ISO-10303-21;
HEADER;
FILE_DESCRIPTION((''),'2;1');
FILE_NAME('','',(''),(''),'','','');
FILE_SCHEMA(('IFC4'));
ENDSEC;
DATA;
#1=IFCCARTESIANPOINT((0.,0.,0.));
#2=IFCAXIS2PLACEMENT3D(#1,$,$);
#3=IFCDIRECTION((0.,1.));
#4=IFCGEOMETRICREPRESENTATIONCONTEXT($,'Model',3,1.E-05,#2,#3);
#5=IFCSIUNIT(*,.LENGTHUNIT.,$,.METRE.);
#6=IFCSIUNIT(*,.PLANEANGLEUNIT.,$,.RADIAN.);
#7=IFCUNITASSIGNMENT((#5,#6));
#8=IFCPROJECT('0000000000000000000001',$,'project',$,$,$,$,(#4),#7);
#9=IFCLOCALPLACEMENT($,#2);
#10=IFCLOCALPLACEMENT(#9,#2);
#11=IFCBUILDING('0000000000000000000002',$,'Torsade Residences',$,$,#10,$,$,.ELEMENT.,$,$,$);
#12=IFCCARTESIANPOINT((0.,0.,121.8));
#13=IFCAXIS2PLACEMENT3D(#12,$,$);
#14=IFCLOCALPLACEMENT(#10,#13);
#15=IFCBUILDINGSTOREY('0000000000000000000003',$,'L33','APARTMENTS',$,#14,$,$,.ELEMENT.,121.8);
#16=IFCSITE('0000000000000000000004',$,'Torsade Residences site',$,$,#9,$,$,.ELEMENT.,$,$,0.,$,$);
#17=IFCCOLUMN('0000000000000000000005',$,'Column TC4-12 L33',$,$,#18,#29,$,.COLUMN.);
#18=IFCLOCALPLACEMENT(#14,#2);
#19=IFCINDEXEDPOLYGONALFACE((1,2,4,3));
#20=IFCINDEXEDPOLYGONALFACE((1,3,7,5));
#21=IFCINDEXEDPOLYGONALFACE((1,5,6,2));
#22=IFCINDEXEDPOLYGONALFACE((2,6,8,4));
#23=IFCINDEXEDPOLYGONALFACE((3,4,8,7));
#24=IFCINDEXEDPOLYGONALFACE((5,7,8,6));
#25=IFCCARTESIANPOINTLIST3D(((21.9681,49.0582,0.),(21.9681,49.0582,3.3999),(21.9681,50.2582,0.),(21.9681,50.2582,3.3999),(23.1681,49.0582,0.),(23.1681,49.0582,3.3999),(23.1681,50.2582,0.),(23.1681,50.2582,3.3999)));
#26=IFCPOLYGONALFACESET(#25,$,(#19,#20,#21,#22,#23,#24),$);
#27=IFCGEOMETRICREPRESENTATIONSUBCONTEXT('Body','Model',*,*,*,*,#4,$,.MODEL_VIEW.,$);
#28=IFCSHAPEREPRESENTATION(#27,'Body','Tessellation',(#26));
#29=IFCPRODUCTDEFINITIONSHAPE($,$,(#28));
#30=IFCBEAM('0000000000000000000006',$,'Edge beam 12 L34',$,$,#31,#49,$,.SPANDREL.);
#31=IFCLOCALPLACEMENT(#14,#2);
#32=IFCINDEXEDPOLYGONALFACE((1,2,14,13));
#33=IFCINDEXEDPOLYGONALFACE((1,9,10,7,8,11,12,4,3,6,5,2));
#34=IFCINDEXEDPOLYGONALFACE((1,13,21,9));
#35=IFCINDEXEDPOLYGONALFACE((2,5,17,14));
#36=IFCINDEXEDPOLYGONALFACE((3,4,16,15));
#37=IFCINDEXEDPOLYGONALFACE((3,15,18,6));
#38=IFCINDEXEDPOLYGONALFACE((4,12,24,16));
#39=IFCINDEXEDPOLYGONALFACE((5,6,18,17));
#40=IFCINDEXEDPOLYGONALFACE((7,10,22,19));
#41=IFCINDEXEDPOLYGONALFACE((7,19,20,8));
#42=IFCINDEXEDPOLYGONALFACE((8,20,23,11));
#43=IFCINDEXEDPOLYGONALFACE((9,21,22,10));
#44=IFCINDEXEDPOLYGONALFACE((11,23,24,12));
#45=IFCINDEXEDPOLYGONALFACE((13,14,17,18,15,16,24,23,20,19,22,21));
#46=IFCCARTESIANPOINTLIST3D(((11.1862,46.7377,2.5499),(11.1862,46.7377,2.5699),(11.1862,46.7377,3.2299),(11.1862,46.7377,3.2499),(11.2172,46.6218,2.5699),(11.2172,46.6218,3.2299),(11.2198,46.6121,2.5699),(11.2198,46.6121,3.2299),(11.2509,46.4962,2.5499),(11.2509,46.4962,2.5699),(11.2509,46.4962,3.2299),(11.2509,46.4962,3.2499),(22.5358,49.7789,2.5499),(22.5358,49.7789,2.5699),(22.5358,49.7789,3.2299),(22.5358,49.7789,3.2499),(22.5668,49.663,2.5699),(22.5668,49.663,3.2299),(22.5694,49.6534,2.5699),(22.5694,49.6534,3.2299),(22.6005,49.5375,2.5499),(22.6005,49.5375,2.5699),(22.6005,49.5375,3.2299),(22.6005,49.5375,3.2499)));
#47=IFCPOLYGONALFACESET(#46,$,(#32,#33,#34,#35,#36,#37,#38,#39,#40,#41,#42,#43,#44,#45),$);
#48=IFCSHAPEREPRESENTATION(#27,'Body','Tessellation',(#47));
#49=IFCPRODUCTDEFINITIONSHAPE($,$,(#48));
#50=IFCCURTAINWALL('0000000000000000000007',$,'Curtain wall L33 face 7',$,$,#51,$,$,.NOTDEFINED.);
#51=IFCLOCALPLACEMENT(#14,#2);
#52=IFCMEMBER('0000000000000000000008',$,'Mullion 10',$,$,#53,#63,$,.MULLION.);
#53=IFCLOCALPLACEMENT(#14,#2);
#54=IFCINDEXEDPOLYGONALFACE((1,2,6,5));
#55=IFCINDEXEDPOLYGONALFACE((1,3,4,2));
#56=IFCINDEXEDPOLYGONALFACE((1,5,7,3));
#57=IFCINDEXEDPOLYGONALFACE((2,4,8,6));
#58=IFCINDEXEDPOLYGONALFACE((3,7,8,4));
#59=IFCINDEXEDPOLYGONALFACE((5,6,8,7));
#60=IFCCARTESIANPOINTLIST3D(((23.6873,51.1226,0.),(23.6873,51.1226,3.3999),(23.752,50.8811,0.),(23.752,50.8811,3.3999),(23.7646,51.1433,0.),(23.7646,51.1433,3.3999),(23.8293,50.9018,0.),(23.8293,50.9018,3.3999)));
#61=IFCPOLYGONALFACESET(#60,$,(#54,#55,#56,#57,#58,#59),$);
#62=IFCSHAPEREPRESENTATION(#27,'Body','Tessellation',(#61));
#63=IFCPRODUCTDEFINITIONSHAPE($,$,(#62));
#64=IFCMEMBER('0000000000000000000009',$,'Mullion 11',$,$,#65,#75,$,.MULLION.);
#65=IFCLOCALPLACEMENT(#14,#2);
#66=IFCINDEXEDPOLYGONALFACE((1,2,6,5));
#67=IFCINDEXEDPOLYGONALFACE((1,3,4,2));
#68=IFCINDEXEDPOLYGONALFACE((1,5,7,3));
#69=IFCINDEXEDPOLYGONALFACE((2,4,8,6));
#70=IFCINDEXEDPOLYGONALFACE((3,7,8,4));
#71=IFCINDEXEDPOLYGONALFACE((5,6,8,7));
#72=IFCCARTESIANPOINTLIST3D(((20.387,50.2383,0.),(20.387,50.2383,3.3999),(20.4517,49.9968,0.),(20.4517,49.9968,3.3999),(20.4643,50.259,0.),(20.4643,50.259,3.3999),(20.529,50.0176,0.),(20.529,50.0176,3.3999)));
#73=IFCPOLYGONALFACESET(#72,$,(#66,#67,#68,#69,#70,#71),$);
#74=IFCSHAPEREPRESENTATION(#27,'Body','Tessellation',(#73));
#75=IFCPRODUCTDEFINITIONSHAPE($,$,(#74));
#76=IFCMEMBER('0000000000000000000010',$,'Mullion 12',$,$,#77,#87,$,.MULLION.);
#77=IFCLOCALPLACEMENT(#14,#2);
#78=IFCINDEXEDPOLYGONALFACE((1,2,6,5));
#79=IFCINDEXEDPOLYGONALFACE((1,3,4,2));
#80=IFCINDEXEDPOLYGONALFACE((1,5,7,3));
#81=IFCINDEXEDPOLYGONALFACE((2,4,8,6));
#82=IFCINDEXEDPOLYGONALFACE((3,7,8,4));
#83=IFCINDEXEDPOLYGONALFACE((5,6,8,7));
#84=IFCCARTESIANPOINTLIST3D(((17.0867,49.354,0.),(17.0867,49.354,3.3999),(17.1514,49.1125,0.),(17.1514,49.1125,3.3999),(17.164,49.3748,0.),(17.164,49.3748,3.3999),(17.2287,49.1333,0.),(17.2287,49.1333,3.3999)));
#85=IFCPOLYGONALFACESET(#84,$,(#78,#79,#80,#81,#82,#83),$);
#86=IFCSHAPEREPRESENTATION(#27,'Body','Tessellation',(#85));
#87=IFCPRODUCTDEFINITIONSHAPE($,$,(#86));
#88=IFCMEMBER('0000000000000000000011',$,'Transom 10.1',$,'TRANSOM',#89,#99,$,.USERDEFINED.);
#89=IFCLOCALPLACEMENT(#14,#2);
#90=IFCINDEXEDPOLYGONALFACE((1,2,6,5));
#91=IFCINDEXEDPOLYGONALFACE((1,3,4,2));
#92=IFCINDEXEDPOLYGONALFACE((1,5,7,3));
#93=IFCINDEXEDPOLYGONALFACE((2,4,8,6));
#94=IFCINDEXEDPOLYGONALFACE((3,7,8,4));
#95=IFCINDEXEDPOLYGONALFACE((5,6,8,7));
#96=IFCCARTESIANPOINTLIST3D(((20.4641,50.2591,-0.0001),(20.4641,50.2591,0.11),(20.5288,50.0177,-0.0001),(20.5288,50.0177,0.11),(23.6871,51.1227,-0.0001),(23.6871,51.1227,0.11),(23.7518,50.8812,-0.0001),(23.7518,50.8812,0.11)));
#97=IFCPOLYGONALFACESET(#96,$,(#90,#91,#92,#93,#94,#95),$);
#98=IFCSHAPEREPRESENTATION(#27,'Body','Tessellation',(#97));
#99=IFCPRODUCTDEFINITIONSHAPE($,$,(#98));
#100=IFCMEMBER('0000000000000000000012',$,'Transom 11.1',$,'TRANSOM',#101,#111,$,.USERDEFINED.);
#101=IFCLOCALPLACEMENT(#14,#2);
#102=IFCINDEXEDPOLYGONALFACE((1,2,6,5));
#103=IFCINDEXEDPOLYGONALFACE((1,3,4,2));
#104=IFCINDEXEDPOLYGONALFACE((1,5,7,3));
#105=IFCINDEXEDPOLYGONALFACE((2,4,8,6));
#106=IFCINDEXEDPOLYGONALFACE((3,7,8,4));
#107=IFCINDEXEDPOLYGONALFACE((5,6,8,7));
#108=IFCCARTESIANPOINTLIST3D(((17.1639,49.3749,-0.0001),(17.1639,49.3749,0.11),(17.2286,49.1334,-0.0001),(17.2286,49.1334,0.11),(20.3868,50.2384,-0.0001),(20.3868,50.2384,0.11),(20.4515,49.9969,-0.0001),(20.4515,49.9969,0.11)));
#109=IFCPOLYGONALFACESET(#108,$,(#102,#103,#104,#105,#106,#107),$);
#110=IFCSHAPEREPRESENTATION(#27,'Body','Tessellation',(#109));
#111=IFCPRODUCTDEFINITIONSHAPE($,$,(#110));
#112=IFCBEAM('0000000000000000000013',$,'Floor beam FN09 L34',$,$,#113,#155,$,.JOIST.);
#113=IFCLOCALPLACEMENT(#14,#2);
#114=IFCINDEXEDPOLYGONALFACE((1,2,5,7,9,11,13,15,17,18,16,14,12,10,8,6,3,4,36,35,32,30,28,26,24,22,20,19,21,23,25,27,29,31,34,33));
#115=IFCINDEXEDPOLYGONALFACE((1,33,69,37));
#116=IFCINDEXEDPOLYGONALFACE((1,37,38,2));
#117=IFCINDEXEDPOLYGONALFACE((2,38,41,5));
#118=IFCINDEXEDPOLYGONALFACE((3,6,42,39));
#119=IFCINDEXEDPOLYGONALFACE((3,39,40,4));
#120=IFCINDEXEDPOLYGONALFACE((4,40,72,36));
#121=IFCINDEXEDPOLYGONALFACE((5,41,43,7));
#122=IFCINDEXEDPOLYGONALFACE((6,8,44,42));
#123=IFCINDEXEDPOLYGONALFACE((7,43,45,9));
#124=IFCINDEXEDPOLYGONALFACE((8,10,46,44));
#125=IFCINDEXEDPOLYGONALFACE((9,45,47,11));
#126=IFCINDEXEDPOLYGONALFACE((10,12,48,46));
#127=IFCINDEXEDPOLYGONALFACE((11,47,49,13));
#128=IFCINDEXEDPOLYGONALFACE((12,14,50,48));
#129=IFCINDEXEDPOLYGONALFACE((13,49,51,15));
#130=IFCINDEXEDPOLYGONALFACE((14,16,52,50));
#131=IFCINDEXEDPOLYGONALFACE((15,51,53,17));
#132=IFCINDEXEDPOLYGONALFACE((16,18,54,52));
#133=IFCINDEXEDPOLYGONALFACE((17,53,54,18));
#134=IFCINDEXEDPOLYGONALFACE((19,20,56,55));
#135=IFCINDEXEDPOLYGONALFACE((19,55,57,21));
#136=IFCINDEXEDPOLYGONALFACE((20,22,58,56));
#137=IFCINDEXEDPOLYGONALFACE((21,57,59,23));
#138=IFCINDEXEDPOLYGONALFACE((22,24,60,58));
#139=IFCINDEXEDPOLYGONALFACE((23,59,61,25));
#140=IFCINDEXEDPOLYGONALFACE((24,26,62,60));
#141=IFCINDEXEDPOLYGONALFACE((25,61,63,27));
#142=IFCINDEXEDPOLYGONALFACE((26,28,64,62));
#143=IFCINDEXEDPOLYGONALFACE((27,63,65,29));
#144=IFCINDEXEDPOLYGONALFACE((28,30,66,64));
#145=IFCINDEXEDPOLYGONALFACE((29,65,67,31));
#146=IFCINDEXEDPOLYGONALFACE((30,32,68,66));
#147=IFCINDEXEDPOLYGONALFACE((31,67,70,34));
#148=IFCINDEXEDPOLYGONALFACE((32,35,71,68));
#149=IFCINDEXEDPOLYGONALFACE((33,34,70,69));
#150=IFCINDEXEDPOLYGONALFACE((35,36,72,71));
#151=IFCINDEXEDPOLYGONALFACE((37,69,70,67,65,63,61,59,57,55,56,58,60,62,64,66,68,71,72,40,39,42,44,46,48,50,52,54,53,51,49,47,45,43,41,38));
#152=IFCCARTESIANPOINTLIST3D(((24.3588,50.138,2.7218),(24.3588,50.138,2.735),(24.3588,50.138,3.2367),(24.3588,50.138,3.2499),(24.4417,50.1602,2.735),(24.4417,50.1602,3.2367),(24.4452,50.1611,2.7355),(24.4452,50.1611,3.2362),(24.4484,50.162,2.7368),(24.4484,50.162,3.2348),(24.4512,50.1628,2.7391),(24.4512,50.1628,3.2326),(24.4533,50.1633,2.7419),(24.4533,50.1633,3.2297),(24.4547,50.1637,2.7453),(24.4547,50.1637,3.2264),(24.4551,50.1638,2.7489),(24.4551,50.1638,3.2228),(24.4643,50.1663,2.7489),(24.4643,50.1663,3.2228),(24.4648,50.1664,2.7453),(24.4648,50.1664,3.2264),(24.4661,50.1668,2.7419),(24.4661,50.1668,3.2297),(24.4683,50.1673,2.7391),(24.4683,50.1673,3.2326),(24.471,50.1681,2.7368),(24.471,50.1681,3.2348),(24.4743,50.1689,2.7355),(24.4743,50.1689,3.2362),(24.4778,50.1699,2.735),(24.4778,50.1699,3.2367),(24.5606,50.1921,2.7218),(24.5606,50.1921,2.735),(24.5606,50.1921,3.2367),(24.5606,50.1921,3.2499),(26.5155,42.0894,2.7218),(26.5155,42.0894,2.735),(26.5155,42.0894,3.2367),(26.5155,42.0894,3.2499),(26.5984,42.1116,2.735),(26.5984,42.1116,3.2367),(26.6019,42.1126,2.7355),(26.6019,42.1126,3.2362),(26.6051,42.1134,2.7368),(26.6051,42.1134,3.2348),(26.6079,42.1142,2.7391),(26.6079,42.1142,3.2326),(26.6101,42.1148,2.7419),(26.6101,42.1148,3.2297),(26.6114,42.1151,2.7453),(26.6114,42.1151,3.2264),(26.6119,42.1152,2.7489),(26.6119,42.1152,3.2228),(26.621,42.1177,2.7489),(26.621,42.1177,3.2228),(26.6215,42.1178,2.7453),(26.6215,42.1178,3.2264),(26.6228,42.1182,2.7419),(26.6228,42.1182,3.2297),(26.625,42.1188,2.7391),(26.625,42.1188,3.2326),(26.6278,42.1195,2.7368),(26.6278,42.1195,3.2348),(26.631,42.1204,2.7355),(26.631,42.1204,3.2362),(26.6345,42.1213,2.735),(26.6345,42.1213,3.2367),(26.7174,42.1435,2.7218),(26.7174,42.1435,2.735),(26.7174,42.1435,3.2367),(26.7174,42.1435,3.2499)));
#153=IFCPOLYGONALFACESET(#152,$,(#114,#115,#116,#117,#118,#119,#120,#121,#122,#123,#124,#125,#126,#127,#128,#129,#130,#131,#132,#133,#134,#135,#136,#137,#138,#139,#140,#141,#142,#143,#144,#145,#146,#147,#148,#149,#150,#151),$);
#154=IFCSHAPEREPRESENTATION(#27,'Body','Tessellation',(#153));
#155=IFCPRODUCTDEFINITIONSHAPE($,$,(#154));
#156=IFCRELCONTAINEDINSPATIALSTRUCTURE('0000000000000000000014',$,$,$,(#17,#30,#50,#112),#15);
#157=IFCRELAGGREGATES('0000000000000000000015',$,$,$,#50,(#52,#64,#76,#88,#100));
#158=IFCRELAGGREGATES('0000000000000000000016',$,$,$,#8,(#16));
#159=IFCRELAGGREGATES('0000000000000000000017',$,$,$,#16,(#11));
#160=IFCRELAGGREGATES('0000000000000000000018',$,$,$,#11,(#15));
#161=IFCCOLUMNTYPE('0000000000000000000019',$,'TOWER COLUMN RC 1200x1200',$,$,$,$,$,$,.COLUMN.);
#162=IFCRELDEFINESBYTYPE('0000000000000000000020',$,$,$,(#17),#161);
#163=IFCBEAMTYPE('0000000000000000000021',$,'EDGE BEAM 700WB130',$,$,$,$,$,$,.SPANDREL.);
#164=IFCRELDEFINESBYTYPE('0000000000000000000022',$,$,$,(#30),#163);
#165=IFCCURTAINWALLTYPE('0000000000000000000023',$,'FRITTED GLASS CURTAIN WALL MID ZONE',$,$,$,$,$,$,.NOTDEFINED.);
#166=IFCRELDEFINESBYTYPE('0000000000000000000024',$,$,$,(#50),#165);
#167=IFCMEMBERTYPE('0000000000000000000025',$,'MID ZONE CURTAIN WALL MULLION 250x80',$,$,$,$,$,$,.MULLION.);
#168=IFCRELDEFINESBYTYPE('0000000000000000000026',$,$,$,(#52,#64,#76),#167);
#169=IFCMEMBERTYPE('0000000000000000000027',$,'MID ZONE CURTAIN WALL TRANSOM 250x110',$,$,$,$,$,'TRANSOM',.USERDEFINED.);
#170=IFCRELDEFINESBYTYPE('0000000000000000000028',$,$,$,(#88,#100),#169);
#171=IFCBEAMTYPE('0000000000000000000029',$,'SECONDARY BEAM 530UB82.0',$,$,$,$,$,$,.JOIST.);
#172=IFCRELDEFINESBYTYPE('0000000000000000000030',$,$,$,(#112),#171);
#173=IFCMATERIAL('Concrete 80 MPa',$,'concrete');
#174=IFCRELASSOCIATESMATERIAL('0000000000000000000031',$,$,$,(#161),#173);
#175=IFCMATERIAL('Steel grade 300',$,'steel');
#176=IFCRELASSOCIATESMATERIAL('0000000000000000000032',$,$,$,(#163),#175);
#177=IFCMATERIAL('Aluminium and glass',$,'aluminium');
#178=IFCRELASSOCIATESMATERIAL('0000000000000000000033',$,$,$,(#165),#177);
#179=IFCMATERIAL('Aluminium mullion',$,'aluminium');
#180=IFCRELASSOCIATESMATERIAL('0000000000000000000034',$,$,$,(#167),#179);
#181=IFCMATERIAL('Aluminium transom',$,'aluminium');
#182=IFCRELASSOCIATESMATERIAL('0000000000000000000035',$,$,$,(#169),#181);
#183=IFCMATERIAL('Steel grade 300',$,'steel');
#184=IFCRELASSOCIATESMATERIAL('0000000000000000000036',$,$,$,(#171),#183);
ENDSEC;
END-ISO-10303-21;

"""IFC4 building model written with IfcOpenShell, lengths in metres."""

from ifc_helpers import new_model, si_unit, direction, frame, origin, origin_2d, place, context, subcontext, project, spatial, rectangle, i_section, extrude, material, material_profile, profile_set, type_object, element, aggregate, save


model = new_model("IFC4")

# Units and contexts
model_context = context("Model", 3, precision=1e-05, world=origin(), true_north=direction((0.0, 1.0)))
body_context = subcontext(model_context, "Body", "Model", "MODEL_VIEW")
ifc_project = project(units=[si_unit("LENGTHUNIT", "METRE"), si_unit("PLANEANGLEUNIT", "RADIAN")], contexts=[model_context])

# Site, building, storey
site_placement = place(None, origin())
site = spatial("IfcSite", under=ifc_project, at=site_placement, Name="Torsade Residences site", CompositionType="ELEMENT", RefElevation=0.0)
building_placement = place(site_placement, origin())
building = spatial("IfcBuilding", under=site, at=building_placement, Name="Torsade Residences", CompositionType="ELEMENT")
storey_placement = place(building_placement, frame((0.0, 0.0, 121.8)))
storey = spatial("IfcBuildingStorey", under=building, at=storey_placement, Name="L33", Description="APARTMENTS", CompositionType="ELEMENT", Elevation=121.8)

# Column
ifc_material_1 = material(Name="Concrete 80 MPa", Category="concrete")
ifc_material_profile_1 = material_profile(ifc_material_1, rectangle(XDim=1.2, YDim=1.2, at=origin_2d()), Name="RC 1200x1200")
ifc_profile_set_1 = profile_set([ifc_material_profile_1], Name="Concrete 80 MPa")
column_type = type_object("IfcColumnType", Name="TOWER COLUMN RC 1200x1200", PredefinedType="COLUMN", material=ifc_profile_set_1)
column_placement = place(storey_placement, frame((22.5681, 49.6582, 0.0), z_axis=(0.0, 0.0, 1.0), x_axis=(1.0, 0.0, 0.0)))
element("IfcColumn", 1, at=column_placement, inside=storey, type_object=column_type, Name="Column TC4-12 L33", PredefinedType="COLUMN", context=body_context, shape_type="SweptSolid", body=[
    extrude(rectangle(XDim=1.2, YDim=1.2, at=origin_2d()), origin(), (0.0, 0.0, 1.0), 3.3999),
])

# Beam
ifc_material_2 = material(Name="Steel grade 300", Category="steel")
ifc_material_profile_2 = material_profile(ifc_material_2, i_section(OverallWidth=0.25, OverallDepth=0.7, WebThickness=0.01, FlangeThickness=0.02, at=origin_2d()), Name="700WB130")
ifc_profile_set_2 = profile_set([ifc_material_profile_2], Name="Steel grade 300")
beam_type_1 = type_object("IfcBeamType", Name="EDGE BEAM 700WB130", PredefinedType="SPANDREL", material=ifc_profile_set_2)
beam_1_placement = place(storey_placement, frame((22.5681, 49.6582, 2.8999), z_axis=(-0.965923, -0.25883, 0.0), x_axis=(0.25883, -0.965923, 0.0)))
element("IfcBeam", 2, at=beam_1_placement, inside=storey, type_object=beam_type_1, Name="Edge beam 12 L34", PredefinedType="SPANDREL", context=body_context, shape_type="SweptSolid", body=[
    extrude(i_section(OverallWidth=0.25, OverallDepth=0.7, WebThickness=0.01, FlangeThickness=0.02, at=origin_2d()), origin(), (0.0, 0.0, 1.0), 11.75),
])

# Curtain wall, members
ifc_material_3 = material(Name="Aluminium and glass", Category="aluminium")
curtain_wall_type = type_object("IfcCurtainWallType", Name="FRITTED GLASS CURTAIN WALL MID ZONE", PredefinedType="NOTDEFINED", material=ifc_material_3)
curtain_wall_placement = place(storey_placement, origin())
curtain_wall = element("IfcCurtainWall", 3, at=curtain_wall_placement, inside=storey, type_object=curtain_wall_type, Name="Curtain wall L33 face 7", PredefinedType="NOTDEFINED")
ifc_material_4 = material(Name="Aluminium mullion", Category="aluminium")
ifc_material_profile_3 = material_profile(ifc_material_4, rectangle(XDim=0.25, YDim=0.0801, at=origin_2d()), Name="MID ZONE CURTAIN WALL MULLION 250x80")
ifc_profile_set_3 = profile_set([ifc_material_profile_3], Name="Aluminium mullion")
member_type_1 = type_object("IfcMemberType", Name="MID ZONE CURTAIN WALL MULLION 250x80", PredefinedType="MULLION", material=ifc_profile_set_3)
member_1_placement = place(storey_placement, frame((23.7583, 51.0122, 0.0), z_axis=(0.0, 0.0, 1.0), x_axis=(0.258819, -0.965926, 0.0)))
member_1 = element("IfcMember", 4, at=member_1_placement, type_object=member_type_1, Name="Mullion 10", PredefinedType="MULLION", context=body_context, shape_type="SweptSolid", body=[
    extrude(rectangle(XDim=0.25, YDim=0.0801, at=origin_2d()), origin(), (0.0, 0.0, 1.0), 3.3999),
])
member_2_placement = place(storey_placement, frame((20.458, 50.1279, 0.0), z_axis=(0.0, 0.0, 1.0), x_axis=(0.258819, -0.965926, 0.0)))
member_2 = element("IfcMember", 5, at=member_2_placement, type_object=member_type_1, Name="Mullion 11", PredefinedType="MULLION", context=body_context, shape_type="SweptSolid", body=[
    extrude(rectangle(XDim=0.25, YDim=0.0801, at=origin_2d()), origin(), (0.0, 0.0, 1.0), 3.3999),
])
member_3_placement = place(storey_placement, frame((17.1577, 49.2437, 0.0), z_axis=(0.0, 0.0, 1.0), x_axis=(0.258819, -0.965926, 0.0)))
member_3 = element("IfcMember", 6, at=member_3_placement, type_object=member_type_1, Name="Mullion 12", PredefinedType="MULLION", context=body_context, shape_type="SweptSolid", body=[
    extrude(rectangle(XDim=0.25, YDim=0.0801, at=origin_2d()), origin(), (0.0, 0.0, 1.0), 3.3999),
])
ifc_material_5 = material(Name="Aluminium transom", Category="aluminium")
ifc_material_profile_4 = material_profile(ifc_material_5, rectangle(XDim=0.25, YDim=0.1101, at=origin_2d()), Name="MID ZONE CURTAIN WALL TRANSOM 250x110")
ifc_profile_set_4 = profile_set([ifc_material_profile_4], Name="Aluminium transom")
member_type_2 = type_object("IfcMemberType", Name="MID ZONE CURTAIN WALL TRANSOM 250x110", ElementType="TRANSOM", PredefinedType="USERDEFINED", material=ifc_profile_set_4)
member_4_placement = place(storey_placement, frame((23.7195, 51.002, 0.0549), z_axis=(-0.965929, -0.258806, 0.0), x_axis=(0.258806, -0.965929, 0.0)))
member_4 = element("IfcMember", 7, at=member_4_placement, type_object=member_type_2, Name="Transom 10.1", ObjectType="TRANSOM", PredefinedType="USERDEFINED", context=body_context, shape_type="SweptSolid", body=[
    extrude(rectangle(XDim=0.25, YDim=0.1101, at=origin_2d()), origin(), (0.0, 0.0, 1.0), 3.3367),
])
member_5_placement = place(storey_placement, frame((20.4192, 50.1177, 0.0549), z_axis=(-0.965929, -0.258806, 0.0), x_axis=(0.258806, -0.965929, 0.0)))
member_5 = element("IfcMember", 8, at=member_5_placement, type_object=member_type_2, Name="Transom 11.1", ObjectType="TRANSOM", PredefinedType="USERDEFINED", context=body_context, shape_type="SweptSolid", body=[
    extrude(rectangle(XDim=0.25, YDim=0.1101, at=origin_2d()), origin(), (0.0, 0.0, 1.0), 3.3367),
])

# Beam
ifc_material_6 = material(Name="Steel grade 300", Category="steel")
ifc_material_profile_5 = material_profile(ifc_material_6, i_section(OverallWidth=0.209, OverallDepth=0.5281, WebThickness=0.0095, FlangeThickness=0.0132, FilletRadius=0.0139, at=origin_2d()), Name="530UB82.0")
ifc_profile_set_5 = profile_set([ifc_material_profile_5], Name="Steel grade 300")
beam_type_2 = type_object("IfcBeamType", Name="SECONDARY BEAM 530UB82.0", PredefinedType="JOIST", material=ifc_profile_set_5)
beam_2_placement = place(storey_placement, frame((24.4597, 50.165, 2.9858), z_axis=(0.258833, -0.965922, 0.0), x_axis=(0.965922, 0.258833, 0.0)))
element("IfcBeam", 9, at=beam_2_placement, inside=storey, type_object=beam_type_2, Name="Floor beam FN09 L34", PredefinedType="JOIST", context=body_context, shape_type="SweptSolid", body=[
    extrude(i_section(OverallWidth=0.209, OverallDepth=0.5281, WebThickness=0.0095, FlangeThickness=0.0132, FilletRadius=0.0139, at=origin_2d()), origin(), (0.0, 0.0, 1.0), 8.3325),
])

aggregate(curtain_wall, [member_1, member_2, member_3, member_4, member_5])

save(model, "model.ifc")
